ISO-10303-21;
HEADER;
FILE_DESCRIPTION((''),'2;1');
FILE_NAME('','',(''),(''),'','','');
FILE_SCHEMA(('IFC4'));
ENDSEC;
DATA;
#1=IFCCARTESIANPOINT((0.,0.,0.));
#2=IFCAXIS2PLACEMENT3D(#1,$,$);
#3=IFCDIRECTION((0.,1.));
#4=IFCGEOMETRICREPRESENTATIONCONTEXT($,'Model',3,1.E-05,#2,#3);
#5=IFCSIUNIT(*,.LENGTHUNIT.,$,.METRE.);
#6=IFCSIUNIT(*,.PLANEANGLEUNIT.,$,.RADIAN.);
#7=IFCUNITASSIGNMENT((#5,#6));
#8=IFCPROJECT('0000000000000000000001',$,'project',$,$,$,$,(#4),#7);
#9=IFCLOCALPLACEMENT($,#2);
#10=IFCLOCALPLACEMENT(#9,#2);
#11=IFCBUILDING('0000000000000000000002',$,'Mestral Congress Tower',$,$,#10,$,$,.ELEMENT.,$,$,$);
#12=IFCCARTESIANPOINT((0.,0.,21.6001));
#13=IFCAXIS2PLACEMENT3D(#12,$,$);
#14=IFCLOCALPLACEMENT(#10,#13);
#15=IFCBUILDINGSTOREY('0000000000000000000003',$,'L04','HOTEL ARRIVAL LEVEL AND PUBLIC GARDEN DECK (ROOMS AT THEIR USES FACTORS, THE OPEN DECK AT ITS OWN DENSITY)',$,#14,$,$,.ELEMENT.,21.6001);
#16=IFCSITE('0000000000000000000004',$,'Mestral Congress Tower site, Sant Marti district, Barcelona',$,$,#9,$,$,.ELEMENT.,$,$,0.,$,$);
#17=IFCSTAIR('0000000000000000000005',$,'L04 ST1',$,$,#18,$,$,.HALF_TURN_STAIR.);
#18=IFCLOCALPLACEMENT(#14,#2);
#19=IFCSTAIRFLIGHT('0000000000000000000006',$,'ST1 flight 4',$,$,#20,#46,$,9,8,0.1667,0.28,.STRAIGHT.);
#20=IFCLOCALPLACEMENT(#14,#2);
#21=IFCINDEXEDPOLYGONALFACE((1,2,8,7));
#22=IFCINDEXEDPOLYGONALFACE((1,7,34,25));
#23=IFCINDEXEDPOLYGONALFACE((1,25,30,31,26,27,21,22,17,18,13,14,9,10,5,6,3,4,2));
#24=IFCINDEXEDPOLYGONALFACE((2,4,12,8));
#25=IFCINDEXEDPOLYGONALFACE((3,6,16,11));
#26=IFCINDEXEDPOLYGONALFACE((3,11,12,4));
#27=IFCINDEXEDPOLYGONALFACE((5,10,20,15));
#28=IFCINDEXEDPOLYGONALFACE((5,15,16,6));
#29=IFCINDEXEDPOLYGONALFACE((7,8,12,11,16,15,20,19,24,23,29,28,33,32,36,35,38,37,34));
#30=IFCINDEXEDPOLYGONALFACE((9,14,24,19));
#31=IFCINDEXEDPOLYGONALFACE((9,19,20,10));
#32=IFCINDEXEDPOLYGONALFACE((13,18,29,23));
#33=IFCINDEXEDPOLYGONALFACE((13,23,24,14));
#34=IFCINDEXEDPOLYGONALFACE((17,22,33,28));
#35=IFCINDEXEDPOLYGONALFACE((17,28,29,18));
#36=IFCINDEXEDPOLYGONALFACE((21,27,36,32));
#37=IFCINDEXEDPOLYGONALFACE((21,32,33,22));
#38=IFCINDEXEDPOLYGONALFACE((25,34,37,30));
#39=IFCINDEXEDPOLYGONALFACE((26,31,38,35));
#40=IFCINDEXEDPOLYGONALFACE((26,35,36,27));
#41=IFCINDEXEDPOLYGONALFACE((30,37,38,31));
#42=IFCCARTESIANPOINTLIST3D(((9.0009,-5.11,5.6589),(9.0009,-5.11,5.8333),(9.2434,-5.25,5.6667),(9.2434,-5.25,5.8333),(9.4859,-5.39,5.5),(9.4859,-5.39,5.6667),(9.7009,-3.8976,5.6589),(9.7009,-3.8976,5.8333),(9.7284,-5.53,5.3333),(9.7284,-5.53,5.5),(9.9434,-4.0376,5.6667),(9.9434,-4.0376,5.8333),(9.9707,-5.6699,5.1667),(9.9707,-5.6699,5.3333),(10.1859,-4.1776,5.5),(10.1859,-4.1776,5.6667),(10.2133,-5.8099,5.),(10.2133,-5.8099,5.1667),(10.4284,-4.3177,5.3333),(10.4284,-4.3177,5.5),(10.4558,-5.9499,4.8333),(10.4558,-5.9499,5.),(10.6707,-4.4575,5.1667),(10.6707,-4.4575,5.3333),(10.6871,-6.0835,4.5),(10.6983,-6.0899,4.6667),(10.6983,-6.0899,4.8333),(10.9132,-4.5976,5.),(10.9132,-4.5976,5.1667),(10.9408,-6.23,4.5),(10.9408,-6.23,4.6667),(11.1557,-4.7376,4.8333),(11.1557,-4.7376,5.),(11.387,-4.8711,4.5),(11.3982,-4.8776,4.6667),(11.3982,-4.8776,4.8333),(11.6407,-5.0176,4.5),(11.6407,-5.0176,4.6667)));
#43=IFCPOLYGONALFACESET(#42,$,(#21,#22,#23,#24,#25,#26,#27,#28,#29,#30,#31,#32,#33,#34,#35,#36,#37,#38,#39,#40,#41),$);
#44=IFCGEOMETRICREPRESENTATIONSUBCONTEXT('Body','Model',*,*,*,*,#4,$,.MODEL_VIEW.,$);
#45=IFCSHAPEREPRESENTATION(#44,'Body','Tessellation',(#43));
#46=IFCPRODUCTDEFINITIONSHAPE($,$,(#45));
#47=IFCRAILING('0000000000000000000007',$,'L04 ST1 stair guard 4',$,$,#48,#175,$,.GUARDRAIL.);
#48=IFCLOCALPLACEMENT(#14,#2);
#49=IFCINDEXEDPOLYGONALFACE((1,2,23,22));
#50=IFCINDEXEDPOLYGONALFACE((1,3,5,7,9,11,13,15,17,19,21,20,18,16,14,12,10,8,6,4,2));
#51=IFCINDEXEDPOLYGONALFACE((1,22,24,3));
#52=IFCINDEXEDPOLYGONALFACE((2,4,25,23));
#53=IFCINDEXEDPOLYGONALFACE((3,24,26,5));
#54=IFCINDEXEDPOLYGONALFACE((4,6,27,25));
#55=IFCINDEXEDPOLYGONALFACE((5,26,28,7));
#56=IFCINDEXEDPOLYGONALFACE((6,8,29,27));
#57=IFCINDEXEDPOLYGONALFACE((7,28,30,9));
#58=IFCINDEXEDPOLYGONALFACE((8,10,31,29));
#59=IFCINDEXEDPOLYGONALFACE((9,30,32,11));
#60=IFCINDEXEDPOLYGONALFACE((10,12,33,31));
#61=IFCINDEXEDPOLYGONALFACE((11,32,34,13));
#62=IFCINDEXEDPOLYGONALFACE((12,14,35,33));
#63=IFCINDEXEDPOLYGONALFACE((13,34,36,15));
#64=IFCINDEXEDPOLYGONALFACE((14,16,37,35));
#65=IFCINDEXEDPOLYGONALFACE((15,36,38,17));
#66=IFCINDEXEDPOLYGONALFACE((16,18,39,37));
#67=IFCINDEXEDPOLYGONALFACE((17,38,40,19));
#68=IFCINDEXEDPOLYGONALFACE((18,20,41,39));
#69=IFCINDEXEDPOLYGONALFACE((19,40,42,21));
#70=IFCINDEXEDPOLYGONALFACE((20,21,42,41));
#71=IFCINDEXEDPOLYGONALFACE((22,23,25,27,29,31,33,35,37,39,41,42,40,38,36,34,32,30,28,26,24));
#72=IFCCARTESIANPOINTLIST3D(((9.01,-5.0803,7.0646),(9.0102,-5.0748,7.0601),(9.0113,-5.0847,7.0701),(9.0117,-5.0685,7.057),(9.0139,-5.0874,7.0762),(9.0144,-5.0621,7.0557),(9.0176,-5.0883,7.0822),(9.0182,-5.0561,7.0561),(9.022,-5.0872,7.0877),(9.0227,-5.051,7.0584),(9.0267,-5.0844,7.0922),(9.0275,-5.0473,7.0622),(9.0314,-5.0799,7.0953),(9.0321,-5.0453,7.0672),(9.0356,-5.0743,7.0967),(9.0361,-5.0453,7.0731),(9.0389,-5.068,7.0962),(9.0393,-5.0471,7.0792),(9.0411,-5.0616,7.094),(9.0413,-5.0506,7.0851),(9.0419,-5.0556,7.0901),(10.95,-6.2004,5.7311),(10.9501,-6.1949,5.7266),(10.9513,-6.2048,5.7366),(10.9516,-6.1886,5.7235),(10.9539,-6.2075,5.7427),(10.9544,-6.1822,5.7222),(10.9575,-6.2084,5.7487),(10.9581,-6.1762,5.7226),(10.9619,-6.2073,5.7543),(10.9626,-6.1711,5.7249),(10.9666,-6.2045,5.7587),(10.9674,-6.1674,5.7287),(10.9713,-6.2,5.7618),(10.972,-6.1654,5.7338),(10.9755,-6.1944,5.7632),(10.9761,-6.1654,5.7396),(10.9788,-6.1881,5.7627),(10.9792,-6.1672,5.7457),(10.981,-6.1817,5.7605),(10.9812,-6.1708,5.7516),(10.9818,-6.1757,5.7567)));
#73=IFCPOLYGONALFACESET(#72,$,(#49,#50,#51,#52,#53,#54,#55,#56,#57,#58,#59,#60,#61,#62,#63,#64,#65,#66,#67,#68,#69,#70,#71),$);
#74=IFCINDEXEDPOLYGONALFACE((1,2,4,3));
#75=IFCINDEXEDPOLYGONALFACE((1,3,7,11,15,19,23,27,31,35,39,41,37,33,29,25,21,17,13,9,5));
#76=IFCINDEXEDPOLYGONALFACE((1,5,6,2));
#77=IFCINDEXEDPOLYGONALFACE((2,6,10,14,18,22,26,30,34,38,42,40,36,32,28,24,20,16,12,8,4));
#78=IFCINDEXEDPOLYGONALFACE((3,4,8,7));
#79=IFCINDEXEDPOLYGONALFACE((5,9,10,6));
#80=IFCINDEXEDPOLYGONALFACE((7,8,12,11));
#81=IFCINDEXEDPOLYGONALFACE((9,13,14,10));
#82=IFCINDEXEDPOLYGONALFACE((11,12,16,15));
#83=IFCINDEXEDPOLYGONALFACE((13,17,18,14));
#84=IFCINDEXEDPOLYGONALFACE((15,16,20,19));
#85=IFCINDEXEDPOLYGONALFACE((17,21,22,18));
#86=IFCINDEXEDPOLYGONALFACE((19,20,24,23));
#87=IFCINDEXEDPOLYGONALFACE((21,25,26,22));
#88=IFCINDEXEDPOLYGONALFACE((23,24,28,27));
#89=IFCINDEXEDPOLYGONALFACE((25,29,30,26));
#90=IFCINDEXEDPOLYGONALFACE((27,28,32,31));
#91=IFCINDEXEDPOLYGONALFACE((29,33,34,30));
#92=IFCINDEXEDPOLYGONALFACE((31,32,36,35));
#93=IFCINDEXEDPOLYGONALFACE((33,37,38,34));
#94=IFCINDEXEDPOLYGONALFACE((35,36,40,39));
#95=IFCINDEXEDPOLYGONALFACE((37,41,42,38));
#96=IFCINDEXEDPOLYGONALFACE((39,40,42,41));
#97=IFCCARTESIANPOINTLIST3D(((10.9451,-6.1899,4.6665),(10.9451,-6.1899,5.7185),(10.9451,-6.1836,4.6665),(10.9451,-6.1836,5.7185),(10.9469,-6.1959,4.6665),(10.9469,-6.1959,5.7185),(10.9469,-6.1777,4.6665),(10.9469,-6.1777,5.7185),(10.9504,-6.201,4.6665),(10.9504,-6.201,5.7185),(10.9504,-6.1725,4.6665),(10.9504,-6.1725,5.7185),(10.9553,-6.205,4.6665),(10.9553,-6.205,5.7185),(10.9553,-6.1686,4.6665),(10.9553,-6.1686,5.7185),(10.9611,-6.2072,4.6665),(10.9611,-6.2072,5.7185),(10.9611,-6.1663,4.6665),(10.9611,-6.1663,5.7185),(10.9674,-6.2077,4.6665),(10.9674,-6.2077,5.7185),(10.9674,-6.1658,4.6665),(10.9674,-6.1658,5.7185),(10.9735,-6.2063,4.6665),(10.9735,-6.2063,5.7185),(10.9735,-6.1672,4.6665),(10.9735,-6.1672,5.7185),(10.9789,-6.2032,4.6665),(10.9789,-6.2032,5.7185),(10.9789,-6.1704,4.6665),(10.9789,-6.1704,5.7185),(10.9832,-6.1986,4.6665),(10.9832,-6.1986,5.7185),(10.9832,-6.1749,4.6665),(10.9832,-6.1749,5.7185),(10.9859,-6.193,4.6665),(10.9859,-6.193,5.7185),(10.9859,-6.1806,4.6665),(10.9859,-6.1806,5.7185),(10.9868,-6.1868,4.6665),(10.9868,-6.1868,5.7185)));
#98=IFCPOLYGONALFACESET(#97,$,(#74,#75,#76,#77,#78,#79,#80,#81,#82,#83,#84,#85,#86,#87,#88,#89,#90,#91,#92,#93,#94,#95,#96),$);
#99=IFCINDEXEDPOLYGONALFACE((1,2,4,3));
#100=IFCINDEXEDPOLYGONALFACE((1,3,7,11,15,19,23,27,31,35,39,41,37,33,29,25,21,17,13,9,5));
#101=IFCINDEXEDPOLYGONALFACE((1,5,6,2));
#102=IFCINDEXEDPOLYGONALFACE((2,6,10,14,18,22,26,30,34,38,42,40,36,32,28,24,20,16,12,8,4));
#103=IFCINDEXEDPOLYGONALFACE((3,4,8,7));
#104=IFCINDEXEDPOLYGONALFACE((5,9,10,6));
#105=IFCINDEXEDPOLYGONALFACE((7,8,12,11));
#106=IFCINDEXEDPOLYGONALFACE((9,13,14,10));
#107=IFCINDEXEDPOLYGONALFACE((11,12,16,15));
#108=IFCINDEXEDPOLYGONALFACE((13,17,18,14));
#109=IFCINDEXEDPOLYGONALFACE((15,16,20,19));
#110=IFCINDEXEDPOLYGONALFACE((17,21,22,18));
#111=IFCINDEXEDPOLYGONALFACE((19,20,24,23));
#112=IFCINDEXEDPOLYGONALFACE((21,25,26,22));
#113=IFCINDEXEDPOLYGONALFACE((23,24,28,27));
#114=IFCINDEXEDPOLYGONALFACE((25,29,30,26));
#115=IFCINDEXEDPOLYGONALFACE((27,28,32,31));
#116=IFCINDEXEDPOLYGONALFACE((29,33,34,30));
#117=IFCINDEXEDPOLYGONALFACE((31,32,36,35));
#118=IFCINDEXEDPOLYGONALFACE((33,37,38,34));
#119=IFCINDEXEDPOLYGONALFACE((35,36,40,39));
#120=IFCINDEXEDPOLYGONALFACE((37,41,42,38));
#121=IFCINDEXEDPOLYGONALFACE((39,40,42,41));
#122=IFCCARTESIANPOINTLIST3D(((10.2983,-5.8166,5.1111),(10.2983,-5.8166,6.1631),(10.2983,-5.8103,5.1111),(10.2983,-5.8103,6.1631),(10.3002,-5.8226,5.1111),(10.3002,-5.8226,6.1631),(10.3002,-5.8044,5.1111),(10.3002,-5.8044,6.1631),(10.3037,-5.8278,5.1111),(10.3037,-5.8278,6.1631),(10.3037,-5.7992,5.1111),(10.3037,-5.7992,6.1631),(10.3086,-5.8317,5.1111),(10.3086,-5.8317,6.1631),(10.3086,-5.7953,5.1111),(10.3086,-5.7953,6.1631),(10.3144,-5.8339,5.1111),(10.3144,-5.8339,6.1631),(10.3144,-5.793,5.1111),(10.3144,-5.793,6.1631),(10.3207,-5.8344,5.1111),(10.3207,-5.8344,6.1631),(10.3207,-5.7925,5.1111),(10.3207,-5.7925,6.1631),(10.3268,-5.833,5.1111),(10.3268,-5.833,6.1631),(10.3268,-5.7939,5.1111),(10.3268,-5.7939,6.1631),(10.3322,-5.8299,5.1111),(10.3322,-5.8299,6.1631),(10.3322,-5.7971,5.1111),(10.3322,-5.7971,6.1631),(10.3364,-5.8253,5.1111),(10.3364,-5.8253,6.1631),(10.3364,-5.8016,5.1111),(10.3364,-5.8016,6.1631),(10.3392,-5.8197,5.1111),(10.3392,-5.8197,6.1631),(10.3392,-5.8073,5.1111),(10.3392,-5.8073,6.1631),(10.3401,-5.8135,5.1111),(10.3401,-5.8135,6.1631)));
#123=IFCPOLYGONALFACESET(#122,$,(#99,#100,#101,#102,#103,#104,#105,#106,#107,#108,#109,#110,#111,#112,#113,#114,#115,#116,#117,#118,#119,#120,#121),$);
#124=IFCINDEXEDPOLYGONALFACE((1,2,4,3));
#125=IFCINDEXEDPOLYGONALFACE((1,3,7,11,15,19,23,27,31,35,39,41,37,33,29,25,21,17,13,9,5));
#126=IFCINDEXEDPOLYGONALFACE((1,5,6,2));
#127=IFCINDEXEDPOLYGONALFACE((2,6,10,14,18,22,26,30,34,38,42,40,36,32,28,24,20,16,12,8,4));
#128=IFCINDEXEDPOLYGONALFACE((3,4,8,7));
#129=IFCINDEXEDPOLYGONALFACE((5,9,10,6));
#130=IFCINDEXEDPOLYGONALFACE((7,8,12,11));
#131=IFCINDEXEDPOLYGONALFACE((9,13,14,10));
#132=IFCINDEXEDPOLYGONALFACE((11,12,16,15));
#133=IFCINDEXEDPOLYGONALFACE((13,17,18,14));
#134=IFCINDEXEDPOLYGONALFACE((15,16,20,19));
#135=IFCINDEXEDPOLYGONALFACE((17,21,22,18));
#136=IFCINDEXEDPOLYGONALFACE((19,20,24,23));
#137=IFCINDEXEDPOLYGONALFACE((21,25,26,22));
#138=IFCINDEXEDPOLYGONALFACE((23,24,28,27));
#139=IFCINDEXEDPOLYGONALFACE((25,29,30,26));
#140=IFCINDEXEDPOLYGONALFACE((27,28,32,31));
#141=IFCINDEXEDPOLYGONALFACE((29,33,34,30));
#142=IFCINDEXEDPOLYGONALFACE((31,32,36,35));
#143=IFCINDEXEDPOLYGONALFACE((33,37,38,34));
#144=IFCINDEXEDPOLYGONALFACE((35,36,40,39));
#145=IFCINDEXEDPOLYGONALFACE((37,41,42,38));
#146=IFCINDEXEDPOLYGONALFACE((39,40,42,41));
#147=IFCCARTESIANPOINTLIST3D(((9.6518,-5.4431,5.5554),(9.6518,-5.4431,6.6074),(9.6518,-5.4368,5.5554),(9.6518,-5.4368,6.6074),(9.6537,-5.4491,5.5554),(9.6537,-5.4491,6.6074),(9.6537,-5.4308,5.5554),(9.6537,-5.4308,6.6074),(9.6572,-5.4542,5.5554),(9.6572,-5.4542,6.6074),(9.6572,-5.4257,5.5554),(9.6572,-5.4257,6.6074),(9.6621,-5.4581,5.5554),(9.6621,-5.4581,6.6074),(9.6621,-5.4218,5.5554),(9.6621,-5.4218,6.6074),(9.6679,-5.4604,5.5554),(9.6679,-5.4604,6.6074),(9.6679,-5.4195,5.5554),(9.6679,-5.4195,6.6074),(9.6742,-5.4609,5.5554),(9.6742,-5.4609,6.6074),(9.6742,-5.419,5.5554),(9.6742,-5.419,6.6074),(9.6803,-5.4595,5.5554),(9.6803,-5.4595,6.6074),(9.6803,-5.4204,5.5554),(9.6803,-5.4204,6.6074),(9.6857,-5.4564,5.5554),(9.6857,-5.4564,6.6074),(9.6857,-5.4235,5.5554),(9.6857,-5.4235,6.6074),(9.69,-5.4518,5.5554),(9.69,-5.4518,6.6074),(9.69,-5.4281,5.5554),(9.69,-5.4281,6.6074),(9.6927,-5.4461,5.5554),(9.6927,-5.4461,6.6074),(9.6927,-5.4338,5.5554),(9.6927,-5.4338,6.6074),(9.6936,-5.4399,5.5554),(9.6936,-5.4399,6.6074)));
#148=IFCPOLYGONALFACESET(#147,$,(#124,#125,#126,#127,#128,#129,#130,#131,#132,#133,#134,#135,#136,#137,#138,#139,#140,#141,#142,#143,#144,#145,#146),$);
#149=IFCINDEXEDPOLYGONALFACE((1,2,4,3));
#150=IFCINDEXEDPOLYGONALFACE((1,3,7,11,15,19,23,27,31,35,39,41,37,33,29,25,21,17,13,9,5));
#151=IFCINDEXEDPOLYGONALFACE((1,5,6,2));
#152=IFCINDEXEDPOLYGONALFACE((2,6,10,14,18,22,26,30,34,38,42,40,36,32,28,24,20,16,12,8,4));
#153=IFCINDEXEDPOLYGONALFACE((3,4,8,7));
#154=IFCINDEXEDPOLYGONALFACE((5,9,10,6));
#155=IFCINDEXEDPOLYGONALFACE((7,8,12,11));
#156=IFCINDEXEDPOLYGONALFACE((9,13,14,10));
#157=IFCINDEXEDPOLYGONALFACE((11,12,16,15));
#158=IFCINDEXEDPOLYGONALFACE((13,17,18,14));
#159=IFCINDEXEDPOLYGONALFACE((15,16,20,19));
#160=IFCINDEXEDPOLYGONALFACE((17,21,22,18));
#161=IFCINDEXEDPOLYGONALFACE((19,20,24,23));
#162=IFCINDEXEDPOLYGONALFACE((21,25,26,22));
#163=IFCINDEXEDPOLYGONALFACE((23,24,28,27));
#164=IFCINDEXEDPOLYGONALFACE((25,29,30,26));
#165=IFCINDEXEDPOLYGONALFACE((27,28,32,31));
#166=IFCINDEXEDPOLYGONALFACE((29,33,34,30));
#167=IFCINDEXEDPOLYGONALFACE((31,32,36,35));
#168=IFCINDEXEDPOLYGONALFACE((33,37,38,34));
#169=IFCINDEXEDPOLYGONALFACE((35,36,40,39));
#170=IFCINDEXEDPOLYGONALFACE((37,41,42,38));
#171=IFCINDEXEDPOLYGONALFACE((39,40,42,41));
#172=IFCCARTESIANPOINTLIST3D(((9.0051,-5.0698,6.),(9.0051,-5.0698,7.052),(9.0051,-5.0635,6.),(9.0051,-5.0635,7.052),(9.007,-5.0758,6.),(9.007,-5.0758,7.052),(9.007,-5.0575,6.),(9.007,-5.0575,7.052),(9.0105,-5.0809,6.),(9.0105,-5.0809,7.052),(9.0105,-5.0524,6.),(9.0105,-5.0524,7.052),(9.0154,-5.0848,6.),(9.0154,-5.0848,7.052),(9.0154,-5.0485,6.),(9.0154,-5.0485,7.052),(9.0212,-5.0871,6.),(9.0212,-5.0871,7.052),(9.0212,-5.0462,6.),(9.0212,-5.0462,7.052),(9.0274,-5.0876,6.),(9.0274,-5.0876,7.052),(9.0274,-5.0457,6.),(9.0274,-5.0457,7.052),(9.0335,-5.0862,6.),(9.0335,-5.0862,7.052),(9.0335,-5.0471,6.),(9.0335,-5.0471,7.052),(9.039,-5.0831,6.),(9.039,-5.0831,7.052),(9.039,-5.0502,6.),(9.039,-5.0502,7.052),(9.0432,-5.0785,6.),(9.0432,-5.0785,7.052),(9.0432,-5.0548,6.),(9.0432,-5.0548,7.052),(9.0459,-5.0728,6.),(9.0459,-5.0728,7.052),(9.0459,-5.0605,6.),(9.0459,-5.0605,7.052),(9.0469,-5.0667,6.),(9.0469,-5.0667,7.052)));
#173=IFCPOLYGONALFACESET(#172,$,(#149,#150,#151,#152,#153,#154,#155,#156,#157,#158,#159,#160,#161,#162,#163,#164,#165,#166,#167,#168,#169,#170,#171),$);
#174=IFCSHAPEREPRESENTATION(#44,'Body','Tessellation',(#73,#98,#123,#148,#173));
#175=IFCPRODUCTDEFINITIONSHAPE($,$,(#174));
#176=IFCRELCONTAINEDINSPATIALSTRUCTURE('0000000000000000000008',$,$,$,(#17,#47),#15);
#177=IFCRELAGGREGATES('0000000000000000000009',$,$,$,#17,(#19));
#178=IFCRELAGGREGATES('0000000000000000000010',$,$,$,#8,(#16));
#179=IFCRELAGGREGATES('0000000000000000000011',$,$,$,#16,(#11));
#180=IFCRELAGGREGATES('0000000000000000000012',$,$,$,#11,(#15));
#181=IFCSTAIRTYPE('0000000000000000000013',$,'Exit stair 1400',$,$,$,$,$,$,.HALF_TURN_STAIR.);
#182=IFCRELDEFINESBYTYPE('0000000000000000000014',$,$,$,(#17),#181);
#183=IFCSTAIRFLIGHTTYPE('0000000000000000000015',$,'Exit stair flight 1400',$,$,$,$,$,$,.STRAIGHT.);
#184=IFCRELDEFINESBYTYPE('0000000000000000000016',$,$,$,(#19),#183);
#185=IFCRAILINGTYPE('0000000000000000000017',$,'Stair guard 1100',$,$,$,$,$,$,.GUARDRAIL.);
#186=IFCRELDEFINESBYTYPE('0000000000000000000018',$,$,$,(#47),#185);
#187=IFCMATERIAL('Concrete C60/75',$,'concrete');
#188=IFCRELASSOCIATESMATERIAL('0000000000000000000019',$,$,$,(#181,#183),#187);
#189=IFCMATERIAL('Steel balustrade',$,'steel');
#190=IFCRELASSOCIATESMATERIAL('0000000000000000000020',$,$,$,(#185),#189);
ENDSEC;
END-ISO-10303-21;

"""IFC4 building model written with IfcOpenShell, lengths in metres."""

from ifc_helpers import new_model, si_unit, direction, frame, origin, origin_2d, place, context, subcontext, project, spatial, polyline, circle, outline, extrude, material, type_object, element, aggregate, save


model = new_model("IFC4")

# Units and contexts
model_context = context("Model", 3, precision=1e-05, world=origin(), true_north=direction((0.0, 1.0)))
body_context = subcontext(model_context, "Body", "Model", "MODEL_VIEW")
ifc_project = project(units=[si_unit("LENGTHUNIT", "METRE"), si_unit("PLANEANGLEUNIT", "RADIAN")], contexts=[model_context])

# Site, building, storey
site_placement = place(None, origin())
site = spatial("IfcSite", under=ifc_project, at=site_placement, Name="Mestral Congress Tower site, Sant Marti district, Barcelona", CompositionType="ELEMENT", RefElevation=0.0)
building_placement = place(site_placement, origin())
building = spatial("IfcBuilding", under=site, at=building_placement, Name="Mestral Congress Tower", CompositionType="ELEMENT")
storey_placement = place(building_placement, frame((0.0, 0.0, 21.6001)))
storey = spatial("IfcBuildingStorey", under=building, at=storey_placement, Name="L04", Description="HOTEL ARRIVAL LEVEL AND PUBLIC GARDEN DECK (ROOMS AT THEIR USES FACTORS, THE OPEN DECK AT ITS OWN DENSITY)", CompositionType="ELEMENT", Elevation=21.6001)

# Shared definitions
placement = place(storey_placement, origin())

# Shared definitions
ifc_material_1 = material(Name="Concrete C60/75", Category="concrete")

# Stair, stair flight
stair_type = type_object("IfcStairType", Name="Exit stair 1400", PredefinedType="HALF_TURN_STAIR", material=ifc_material_1)
stair = element("IfcStair", 1, at=placement, inside=storey, type_object=stair_type, Name="L04 ST1", PredefinedType="HALF_TURN_STAIR")
stair_flight_type = type_object("IfcStairFlightType", Name="Exit stair flight 1400", PredefinedType="STRAIGHT", material=ifc_material_1)
stair_flight_1_placement = place(storey_placement, frame((11.2908, -5.6238, 4.5), z_axis=(0.0, 0.0, 1.0), x_axis=(-0.866025, 0.5, 0.0)))
stair_flight_1 = element("IfcStairFlight", 2, at=stair_flight_1_placement, type_object=stair_flight_type, Name="ST1 flight 4", NumberOfRisers=9, NumberOfTreads=8, PredefinedType="STRAIGHT", RiserHeight=0.1667, TreadLength=0.28, context=body_context, shape_type="SweptSolid", body=[
    extrude(outline(polyline([(0.0, 0.0), (0.0, 0.1667), (0.28, 0.1667), (0.28, 0.3333), (0.5601, 0.3333), (0.5601, 0.5), (0.8401, 0.5), (0.8401, 0.6667), (1.1201, 0.6667), (1.1201, 0.8333), (1.3999, 0.8333), (1.3999, 1.0), (1.6799, 1.0), (1.6799, 1.1667), (1.96, 1.1667), (1.96, 1.3333), (2.24, 1.3333), (2.24, 1.5), (2.24, 1.1589), (0.293, 0.0), (0.0, 0.0)])), frame((0.0, 0.7, 0.0), z_axis=(0.0, -1.0, 0.0), x_axis=(1.0, 0.0, 0.0)), (0.0, 0.0, 1.0), 1.3999),
])
aggregate(stair, [stair_flight_1])

# Railing
ifc_material_2 = material(Name="Steel balustrade", Category="steel")
railing_type = type_object("IfcRailingType", Name="Stair guard 1100", PredefinedType="GUARDRAIL", material=ifc_material_2)
railing_placement = place(storey_placement, frame((10.9658, -6.1868, 4.6665)))
element("IfcRailing", 3, at=railing_placement, inside=storey, type_object=railing_type, Name="L04 ST1 stair guard 4", PredefinedType="GUARDRAIL", context=body_context, shape_type="SweptSolid", body=[
    extrude(circle(Radius=0.0239, at=origin_2d()), frame((0.0, 0.0, 1.0762), z_axis=(-0.744139, 0.429664, 0.511514), x_axis=(-0.500031, -0.866008, 0.0)), (0.0, 0.0, 1.0), 2.6069),
    extrude(circle(Radius=0.021, at=origin_2d()), origin(), (0.0, 0.0, 1.0), 1.052),
    extrude(circle(Radius=0.021, at=origin_2d()), frame((-0.6467, 0.3733, 0.4446)), (0.0, 0.0, 1.0), 1.052),
    extrude(circle(Radius=0.021, at=origin_2d()), frame((-1.2932, 0.7468, 0.8889)), (0.0, 0.0, 1.0), 1.052),
    extrude(circle(Radius=0.021, at=origin_2d()), frame((-1.9399, 1.1201, 1.3335)), (0.0, 0.0, 1.0), 1.052),
])

save(model, "model.ifc")
